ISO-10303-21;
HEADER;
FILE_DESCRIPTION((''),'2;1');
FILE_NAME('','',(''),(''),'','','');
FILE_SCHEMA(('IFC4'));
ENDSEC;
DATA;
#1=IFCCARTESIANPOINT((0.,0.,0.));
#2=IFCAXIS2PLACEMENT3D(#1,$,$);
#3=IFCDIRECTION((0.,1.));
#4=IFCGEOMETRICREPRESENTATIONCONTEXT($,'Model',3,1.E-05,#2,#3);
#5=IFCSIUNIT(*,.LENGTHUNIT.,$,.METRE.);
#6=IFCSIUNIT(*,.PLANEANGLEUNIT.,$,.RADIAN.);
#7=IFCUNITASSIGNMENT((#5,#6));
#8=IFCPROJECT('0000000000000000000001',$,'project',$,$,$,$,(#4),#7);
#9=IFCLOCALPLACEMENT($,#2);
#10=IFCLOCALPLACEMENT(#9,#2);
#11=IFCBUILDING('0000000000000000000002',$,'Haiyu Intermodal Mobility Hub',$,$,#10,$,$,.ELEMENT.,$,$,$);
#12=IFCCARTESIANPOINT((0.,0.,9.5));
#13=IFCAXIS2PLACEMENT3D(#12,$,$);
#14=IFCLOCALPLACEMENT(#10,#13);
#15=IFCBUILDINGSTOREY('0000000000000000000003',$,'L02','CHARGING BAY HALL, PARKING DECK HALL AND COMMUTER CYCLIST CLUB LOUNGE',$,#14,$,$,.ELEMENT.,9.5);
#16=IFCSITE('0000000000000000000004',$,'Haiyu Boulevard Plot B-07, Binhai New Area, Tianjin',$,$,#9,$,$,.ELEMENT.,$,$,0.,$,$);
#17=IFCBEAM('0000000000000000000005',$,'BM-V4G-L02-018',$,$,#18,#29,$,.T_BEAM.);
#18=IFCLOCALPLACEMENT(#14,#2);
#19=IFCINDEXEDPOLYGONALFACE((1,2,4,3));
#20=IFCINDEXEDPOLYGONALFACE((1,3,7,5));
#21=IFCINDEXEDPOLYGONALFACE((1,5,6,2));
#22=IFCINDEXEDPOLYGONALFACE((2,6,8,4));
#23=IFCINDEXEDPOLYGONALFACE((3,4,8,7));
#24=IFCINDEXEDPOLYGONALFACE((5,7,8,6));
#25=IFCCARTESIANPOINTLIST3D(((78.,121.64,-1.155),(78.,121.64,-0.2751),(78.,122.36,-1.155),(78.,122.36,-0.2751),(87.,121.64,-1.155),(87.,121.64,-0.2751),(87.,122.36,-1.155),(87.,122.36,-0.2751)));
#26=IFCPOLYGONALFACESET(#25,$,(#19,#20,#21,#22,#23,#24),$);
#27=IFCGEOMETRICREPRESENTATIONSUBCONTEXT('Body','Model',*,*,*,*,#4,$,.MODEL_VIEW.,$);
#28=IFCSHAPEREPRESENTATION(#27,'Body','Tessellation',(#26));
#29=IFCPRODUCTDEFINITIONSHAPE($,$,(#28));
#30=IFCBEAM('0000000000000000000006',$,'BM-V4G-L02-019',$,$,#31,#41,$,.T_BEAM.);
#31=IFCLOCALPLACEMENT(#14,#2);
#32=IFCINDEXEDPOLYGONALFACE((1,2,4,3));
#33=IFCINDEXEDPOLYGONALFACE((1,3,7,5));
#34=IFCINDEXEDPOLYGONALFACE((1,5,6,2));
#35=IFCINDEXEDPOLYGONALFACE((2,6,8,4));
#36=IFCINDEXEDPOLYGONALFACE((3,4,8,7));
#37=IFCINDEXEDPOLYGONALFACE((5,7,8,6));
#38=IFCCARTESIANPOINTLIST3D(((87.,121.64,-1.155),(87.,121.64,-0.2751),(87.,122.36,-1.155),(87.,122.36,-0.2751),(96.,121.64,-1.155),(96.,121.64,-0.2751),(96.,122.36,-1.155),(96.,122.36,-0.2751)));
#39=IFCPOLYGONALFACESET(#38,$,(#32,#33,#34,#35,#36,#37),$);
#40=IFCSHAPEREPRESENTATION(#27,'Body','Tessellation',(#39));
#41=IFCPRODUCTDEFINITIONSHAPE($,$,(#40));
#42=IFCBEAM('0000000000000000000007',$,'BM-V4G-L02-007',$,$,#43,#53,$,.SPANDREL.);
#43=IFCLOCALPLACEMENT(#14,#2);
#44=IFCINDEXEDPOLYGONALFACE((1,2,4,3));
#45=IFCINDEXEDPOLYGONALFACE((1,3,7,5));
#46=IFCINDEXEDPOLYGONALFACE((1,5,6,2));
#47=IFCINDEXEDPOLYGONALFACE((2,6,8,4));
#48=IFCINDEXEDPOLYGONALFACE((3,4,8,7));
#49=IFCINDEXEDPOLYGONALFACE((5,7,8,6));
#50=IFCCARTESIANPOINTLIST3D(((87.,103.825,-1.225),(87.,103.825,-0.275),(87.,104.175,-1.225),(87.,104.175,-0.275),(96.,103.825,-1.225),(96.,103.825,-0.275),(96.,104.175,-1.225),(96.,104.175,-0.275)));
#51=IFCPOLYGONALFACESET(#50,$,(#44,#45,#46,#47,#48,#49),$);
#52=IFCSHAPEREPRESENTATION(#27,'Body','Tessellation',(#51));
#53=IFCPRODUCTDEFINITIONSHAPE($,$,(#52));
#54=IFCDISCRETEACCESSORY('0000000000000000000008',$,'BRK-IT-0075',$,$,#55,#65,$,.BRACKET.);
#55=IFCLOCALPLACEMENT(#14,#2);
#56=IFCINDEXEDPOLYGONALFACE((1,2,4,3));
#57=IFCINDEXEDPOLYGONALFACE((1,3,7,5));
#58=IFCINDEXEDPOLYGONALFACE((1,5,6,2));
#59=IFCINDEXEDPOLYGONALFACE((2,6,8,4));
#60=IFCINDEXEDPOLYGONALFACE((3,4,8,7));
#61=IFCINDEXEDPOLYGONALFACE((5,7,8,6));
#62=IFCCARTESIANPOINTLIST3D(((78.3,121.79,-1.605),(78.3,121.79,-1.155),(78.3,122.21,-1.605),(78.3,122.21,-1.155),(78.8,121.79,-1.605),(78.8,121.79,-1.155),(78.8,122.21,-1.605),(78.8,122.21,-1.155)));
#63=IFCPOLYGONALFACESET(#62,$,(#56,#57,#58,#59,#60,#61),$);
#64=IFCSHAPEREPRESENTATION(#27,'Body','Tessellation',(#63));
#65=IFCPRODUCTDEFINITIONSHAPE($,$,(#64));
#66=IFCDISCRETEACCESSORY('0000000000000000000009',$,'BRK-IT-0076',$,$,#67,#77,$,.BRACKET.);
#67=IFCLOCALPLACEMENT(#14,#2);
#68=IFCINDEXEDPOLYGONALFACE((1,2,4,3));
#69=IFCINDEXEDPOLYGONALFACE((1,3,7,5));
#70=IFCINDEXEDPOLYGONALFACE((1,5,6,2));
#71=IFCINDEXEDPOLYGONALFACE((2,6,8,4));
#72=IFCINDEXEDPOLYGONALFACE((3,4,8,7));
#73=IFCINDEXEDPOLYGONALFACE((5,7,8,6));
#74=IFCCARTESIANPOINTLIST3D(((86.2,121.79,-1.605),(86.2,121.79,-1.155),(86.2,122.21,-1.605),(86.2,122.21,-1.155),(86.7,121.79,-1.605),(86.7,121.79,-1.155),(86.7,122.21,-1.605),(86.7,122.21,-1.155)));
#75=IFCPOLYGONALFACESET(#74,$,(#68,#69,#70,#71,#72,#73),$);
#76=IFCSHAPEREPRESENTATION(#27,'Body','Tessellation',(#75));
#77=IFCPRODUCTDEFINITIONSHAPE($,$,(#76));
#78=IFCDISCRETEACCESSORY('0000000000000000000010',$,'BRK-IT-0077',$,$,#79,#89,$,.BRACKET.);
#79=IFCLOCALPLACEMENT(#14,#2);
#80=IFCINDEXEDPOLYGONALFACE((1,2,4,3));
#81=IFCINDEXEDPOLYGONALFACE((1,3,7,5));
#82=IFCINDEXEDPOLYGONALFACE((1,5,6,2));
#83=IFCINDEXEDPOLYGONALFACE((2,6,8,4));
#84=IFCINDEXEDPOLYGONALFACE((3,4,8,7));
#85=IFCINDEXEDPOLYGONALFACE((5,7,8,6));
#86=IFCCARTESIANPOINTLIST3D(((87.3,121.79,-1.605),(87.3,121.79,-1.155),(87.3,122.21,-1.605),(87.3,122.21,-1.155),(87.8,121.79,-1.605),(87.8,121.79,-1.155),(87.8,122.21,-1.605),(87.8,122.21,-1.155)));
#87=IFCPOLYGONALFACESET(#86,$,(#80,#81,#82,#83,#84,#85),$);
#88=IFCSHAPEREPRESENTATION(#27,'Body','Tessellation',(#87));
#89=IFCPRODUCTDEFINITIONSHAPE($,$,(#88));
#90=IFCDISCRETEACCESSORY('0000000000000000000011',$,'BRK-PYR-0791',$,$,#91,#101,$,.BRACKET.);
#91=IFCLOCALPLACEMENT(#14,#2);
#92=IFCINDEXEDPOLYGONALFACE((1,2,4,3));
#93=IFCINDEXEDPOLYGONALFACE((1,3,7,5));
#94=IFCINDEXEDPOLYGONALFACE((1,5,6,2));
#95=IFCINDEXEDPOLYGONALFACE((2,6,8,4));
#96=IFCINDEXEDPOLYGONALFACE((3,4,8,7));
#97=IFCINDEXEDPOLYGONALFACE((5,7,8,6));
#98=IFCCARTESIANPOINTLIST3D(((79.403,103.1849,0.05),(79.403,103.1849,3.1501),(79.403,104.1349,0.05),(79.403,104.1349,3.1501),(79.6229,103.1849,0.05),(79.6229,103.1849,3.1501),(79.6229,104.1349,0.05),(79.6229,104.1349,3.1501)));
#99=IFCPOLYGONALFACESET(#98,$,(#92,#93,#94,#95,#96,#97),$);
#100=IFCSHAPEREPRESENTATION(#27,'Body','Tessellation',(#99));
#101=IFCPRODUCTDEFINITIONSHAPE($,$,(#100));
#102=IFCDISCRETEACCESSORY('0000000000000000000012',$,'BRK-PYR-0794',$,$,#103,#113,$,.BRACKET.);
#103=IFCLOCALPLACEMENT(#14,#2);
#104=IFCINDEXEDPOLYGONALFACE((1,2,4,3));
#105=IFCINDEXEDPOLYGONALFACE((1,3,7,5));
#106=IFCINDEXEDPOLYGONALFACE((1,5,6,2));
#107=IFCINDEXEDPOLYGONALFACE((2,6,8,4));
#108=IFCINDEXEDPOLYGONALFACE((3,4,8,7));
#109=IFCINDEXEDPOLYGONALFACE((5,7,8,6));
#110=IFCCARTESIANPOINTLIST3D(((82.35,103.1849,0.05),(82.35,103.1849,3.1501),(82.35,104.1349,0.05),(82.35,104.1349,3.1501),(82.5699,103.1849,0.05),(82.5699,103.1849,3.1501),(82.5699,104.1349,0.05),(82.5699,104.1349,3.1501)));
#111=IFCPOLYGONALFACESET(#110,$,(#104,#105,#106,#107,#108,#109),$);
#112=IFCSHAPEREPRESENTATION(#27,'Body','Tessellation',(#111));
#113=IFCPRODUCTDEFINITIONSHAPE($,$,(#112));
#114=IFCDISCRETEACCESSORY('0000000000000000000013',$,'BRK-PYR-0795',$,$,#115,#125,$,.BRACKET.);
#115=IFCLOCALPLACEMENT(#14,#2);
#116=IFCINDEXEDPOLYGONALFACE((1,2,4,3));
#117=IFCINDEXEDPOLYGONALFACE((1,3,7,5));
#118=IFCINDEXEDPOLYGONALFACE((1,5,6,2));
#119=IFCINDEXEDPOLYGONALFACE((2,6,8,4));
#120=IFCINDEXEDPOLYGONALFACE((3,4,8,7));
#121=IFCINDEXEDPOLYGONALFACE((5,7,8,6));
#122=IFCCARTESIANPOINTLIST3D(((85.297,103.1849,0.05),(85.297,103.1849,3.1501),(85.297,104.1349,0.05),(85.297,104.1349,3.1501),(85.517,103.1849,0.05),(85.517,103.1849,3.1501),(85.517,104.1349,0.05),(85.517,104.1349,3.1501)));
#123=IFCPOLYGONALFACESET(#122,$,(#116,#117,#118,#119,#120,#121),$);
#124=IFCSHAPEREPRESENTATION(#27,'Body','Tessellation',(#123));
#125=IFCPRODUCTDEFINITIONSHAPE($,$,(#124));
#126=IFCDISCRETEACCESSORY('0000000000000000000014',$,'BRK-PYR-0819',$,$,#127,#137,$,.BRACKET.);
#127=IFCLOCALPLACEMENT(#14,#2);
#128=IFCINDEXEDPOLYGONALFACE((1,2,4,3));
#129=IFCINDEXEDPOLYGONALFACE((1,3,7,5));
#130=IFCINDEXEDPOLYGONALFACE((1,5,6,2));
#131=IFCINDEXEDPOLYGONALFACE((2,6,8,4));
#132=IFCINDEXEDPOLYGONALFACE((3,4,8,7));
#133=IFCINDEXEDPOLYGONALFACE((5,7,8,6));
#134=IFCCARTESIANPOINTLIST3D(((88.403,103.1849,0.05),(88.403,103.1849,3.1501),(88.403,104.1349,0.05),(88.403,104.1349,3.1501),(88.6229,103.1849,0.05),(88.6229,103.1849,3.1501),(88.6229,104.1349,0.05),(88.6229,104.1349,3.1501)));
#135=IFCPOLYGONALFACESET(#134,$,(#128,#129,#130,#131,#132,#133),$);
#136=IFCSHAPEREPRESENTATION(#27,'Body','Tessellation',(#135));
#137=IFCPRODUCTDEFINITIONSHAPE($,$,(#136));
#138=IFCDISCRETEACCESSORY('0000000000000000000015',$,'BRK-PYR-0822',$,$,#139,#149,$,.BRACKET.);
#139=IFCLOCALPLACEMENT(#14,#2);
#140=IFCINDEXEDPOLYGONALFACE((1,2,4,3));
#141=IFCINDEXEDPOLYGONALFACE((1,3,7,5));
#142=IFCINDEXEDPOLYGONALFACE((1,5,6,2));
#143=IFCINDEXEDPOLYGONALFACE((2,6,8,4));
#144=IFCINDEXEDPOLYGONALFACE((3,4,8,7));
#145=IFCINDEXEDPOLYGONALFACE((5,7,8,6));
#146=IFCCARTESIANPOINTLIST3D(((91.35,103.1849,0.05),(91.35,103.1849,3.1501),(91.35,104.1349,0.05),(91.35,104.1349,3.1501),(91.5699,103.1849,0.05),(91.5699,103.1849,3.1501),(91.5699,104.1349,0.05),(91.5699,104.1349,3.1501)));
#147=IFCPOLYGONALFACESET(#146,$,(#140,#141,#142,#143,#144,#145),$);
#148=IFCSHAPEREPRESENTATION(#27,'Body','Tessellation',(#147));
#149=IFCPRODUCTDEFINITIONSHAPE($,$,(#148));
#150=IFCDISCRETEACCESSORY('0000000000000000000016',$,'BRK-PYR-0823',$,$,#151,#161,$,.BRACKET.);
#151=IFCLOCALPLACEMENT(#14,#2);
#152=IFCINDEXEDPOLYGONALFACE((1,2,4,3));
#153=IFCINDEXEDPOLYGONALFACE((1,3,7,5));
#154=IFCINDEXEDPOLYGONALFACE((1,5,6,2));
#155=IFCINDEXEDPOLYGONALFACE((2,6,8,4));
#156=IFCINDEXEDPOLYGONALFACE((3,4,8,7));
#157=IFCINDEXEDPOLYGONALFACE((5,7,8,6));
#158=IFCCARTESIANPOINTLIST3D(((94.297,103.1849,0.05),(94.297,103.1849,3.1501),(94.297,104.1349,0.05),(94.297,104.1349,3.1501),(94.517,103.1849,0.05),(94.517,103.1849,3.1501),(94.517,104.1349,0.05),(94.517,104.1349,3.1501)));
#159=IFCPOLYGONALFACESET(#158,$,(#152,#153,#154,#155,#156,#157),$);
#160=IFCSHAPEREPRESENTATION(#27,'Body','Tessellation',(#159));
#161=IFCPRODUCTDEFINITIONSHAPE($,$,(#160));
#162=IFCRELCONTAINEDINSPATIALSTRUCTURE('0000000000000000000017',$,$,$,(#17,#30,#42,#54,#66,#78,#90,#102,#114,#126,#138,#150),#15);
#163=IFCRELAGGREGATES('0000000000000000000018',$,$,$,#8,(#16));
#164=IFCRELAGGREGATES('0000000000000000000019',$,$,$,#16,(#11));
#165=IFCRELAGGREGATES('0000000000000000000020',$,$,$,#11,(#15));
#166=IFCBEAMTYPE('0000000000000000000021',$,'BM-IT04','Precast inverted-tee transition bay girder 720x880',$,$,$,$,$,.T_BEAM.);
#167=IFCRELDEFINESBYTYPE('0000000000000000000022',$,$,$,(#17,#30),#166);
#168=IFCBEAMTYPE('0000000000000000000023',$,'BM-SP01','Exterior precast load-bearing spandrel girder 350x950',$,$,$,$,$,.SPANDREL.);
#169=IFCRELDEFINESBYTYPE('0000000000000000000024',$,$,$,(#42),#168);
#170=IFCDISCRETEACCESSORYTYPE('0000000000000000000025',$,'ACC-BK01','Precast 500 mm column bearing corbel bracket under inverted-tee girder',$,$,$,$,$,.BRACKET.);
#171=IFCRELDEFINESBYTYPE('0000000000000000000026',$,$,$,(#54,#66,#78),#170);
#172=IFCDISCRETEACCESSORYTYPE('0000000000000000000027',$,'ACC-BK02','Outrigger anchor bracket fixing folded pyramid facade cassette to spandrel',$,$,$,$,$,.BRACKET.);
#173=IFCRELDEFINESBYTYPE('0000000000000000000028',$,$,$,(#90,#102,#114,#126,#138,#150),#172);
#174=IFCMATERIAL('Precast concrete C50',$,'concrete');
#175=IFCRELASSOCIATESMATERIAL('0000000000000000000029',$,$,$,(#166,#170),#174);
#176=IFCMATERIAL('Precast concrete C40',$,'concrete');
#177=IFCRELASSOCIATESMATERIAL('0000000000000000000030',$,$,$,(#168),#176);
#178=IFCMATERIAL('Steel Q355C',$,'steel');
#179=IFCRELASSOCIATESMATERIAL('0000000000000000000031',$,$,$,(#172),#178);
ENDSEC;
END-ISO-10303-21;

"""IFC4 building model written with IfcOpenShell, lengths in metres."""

from ifc_helpers import new_model, si_unit, direction, frame, origin, origin_2d, place, context, subcontext, project, spatial, rectangle, extrude, material, material_profile, profile_set, type_object, element, save


model = new_model("IFC4")

# Units and contexts
model_context = context("Model", 3, precision=1e-05, world=origin(), true_north=direction((0.0, 1.0)))
body_context = subcontext(model_context, "Body", "Model", "MODEL_VIEW")
ifc_project = project(units=[si_unit("LENGTHUNIT", "METRE"), si_unit("PLANEANGLEUNIT", "RADIAN")], contexts=[model_context])

# Site, building, storey
site_placement = place(None, origin())
site = spatial("IfcSite", under=ifc_project, at=site_placement, Name="Haiyu Boulevard Plot B-07, Binhai New Area, Tianjin", CompositionType="ELEMENT", RefElevation=0.0)
building_placement = place(site_placement, origin())
building = spatial("IfcBuilding", under=site, at=building_placement, Name="Haiyu Intermodal Mobility Hub", CompositionType="ELEMENT")
storey_placement = place(building_placement, frame((0.0, 0.0, 9.5)))
storey = spatial("IfcBuildingStorey", under=building, at=storey_placement, Name="L02", Description="CHARGING BAY HALL, PARKING DECK HALL AND COMMUTER CYCLIST CLUB LOUNGE", CompositionType="ELEMENT", Elevation=9.5)

# Shared definitions
ifc_material_1 = material(Name="Precast concrete C40", Category="concrete")

# Beams
ifc_material_2 = material(Name="Precast concrete C50", Category="concrete")
ifc_material_profile_1 = material_profile(ifc_material_2, rectangle(XDim=0.72, YDim=0.8799, at=origin_2d()), Name="B720x880")
ifc_profile_set_1 = profile_set([ifc_material_profile_1], Name="Precast concrete C50")
beam_type_1 = type_object("IfcBeamType", Name="BM-IT04", Description="Precast inverted-tee transition bay girder 720x880", PredefinedType="T_BEAM", material=ifc_profile_set_1)
for number, where, z_axis, x_axis, name in (
    (1, (78.0, 122.0, -0.7151), (1.0, 0.0, 0.0), (0.0, 1.0, 0.0), "BM-V4G-L02-018"),
    (2, (87.0, 122.0, -0.7151), (1.0, 0.0, 0.0), (0.0, 1.0, 0.0), "BM-V4G-L02-019"),
):
    element("IfcBeam", number, at=place(storey_placement, frame(where, z_axis=z_axis, x_axis=x_axis)), inside=storey, type_object=beam_type_1, Name=name, PredefinedType="T_BEAM", context=body_context, shape_type="SweptSolid", body=[
        extrude(rectangle(XDim=0.72, YDim=0.8799, at=origin_2d()), origin(), (0.0, 0.0, 1.0), 9.0),
    ])
ifc_material_profile_2 = material_profile(ifc_material_1, rectangle(XDim=0.3501, YDim=0.95, at=origin_2d()), Name="PC350x950")
ifc_profile_set_2 = profile_set([ifc_material_profile_2], Name="Precast concrete C40")
beam_type_2 = type_object("IfcBeamType", Name="BM-SP01", Description="Exterior precast load-bearing spandrel girder 350x950", PredefinedType="SPANDREL", material=ifc_profile_set_2)
beam_1_placement = place(storey_placement, frame((87.0, 104.0, -0.75), z_axis=(1.0, 0.0, 0.0), x_axis=(0.0, 1.0, 0.0)))
element("IfcBeam", 3, at=beam_1_placement, inside=storey, type_object=beam_type_2, Name="BM-V4G-L02-007", PredefinedType="SPANDREL", context=body_context, shape_type="SweptSolid", body=[
    extrude(rectangle(XDim=0.3501, YDim=0.95, at=origin_2d()), origin(), (0.0, 0.0, 1.0), 9.0),
])

# Shared definitions
ifc_material_3 = material(Name="Steel Q355C", Category="steel")

# Discrete accessories
discrete_accessory_type_1 = type_object("IfcDiscreteAccessoryType", Name="ACC-BK01", Description="Precast 500 mm column bearing corbel bracket under inverted-tee girder", PredefinedType="BRACKET", material=ifc_material_2)
for number, where, z_axis, x_axis, name in (
    (4, (78.55, 122.0, -1.605), (0.0, 0.0, 1.0), (1.0, 0.0, 0.0), "BRK-IT-0075"),
    (5, (86.45, 122.0, -1.605), (0.0, 0.0, 1.0), (1.0, 0.0, 0.0), "BRK-IT-0076"),
    (6, (87.55, 122.0, -1.605), (0.0, 0.0, 1.0), (1.0, 0.0, 0.0), "BRK-IT-0077"),
):
    element("IfcDiscreteAccessory", number, at=place(storey_placement, frame(where, z_axis=z_axis, x_axis=x_axis)), inside=storey, type_object=discrete_accessory_type_1, Name=name, PredefinedType="BRACKET", context=body_context, shape_type="SweptSolid", body=[
        extrude(rectangle(XDim=0.5, YDim=0.4199, at=origin_2d()), origin(), (0.0, 0.0, 1.0), 0.45),
    ])
discrete_accessory_type_2 = type_object("IfcDiscreteAccessoryType", Name="ACC-BK02", Description="Outrigger anchor bracket fixing folded pyramid facade cassette to spandrel", PredefinedType="BRACKET", material=ifc_material_3)
for number, where, z_axis, x_axis, name in (
    (7, (79.5129, 103.6599, 0.05), (0.0, 0.0, 1.0), (1.0, 0.0, 0.0), "BRK-PYR-0791"),
    (8, (82.46, 103.6599, 0.05), (0.0, 0.0, 1.0), (1.0, 0.0, 0.0), "BRK-PYR-0794"),
    (9, (85.407, 103.6599, 0.05), (0.0, 0.0, 1.0), (1.0, 0.0, 0.0), "BRK-PYR-0795"),
    (10, (88.5129, 103.6599, 0.05), (0.0, 0.0, 1.0), (1.0, 0.0, 0.0), "BRK-PYR-0819"),
    (11, (91.46, 103.6599, 0.05), (0.0, 0.0, 1.0), (1.0, 0.0, 0.0), "BRK-PYR-0822"),
    (12, (94.407, 103.6599, 0.05), (0.0, 0.0, 1.0), (1.0, 0.0, 0.0), "BRK-PYR-0823"),
):
    element("IfcDiscreteAccessory", number, at=place(storey_placement, frame(where, z_axis=z_axis, x_axis=x_axis)), inside=storey, type_object=discrete_accessory_type_2, Name=name, PredefinedType="BRACKET", context=body_context, shape_type="SweptSolid", body=[
        extrude(rectangle(XDim=0.22, YDim=0.95, at=origin_2d()), origin(), (0.0, 0.0, 1.0), 3.1001),
    ])

save(model, "model.ifc")
